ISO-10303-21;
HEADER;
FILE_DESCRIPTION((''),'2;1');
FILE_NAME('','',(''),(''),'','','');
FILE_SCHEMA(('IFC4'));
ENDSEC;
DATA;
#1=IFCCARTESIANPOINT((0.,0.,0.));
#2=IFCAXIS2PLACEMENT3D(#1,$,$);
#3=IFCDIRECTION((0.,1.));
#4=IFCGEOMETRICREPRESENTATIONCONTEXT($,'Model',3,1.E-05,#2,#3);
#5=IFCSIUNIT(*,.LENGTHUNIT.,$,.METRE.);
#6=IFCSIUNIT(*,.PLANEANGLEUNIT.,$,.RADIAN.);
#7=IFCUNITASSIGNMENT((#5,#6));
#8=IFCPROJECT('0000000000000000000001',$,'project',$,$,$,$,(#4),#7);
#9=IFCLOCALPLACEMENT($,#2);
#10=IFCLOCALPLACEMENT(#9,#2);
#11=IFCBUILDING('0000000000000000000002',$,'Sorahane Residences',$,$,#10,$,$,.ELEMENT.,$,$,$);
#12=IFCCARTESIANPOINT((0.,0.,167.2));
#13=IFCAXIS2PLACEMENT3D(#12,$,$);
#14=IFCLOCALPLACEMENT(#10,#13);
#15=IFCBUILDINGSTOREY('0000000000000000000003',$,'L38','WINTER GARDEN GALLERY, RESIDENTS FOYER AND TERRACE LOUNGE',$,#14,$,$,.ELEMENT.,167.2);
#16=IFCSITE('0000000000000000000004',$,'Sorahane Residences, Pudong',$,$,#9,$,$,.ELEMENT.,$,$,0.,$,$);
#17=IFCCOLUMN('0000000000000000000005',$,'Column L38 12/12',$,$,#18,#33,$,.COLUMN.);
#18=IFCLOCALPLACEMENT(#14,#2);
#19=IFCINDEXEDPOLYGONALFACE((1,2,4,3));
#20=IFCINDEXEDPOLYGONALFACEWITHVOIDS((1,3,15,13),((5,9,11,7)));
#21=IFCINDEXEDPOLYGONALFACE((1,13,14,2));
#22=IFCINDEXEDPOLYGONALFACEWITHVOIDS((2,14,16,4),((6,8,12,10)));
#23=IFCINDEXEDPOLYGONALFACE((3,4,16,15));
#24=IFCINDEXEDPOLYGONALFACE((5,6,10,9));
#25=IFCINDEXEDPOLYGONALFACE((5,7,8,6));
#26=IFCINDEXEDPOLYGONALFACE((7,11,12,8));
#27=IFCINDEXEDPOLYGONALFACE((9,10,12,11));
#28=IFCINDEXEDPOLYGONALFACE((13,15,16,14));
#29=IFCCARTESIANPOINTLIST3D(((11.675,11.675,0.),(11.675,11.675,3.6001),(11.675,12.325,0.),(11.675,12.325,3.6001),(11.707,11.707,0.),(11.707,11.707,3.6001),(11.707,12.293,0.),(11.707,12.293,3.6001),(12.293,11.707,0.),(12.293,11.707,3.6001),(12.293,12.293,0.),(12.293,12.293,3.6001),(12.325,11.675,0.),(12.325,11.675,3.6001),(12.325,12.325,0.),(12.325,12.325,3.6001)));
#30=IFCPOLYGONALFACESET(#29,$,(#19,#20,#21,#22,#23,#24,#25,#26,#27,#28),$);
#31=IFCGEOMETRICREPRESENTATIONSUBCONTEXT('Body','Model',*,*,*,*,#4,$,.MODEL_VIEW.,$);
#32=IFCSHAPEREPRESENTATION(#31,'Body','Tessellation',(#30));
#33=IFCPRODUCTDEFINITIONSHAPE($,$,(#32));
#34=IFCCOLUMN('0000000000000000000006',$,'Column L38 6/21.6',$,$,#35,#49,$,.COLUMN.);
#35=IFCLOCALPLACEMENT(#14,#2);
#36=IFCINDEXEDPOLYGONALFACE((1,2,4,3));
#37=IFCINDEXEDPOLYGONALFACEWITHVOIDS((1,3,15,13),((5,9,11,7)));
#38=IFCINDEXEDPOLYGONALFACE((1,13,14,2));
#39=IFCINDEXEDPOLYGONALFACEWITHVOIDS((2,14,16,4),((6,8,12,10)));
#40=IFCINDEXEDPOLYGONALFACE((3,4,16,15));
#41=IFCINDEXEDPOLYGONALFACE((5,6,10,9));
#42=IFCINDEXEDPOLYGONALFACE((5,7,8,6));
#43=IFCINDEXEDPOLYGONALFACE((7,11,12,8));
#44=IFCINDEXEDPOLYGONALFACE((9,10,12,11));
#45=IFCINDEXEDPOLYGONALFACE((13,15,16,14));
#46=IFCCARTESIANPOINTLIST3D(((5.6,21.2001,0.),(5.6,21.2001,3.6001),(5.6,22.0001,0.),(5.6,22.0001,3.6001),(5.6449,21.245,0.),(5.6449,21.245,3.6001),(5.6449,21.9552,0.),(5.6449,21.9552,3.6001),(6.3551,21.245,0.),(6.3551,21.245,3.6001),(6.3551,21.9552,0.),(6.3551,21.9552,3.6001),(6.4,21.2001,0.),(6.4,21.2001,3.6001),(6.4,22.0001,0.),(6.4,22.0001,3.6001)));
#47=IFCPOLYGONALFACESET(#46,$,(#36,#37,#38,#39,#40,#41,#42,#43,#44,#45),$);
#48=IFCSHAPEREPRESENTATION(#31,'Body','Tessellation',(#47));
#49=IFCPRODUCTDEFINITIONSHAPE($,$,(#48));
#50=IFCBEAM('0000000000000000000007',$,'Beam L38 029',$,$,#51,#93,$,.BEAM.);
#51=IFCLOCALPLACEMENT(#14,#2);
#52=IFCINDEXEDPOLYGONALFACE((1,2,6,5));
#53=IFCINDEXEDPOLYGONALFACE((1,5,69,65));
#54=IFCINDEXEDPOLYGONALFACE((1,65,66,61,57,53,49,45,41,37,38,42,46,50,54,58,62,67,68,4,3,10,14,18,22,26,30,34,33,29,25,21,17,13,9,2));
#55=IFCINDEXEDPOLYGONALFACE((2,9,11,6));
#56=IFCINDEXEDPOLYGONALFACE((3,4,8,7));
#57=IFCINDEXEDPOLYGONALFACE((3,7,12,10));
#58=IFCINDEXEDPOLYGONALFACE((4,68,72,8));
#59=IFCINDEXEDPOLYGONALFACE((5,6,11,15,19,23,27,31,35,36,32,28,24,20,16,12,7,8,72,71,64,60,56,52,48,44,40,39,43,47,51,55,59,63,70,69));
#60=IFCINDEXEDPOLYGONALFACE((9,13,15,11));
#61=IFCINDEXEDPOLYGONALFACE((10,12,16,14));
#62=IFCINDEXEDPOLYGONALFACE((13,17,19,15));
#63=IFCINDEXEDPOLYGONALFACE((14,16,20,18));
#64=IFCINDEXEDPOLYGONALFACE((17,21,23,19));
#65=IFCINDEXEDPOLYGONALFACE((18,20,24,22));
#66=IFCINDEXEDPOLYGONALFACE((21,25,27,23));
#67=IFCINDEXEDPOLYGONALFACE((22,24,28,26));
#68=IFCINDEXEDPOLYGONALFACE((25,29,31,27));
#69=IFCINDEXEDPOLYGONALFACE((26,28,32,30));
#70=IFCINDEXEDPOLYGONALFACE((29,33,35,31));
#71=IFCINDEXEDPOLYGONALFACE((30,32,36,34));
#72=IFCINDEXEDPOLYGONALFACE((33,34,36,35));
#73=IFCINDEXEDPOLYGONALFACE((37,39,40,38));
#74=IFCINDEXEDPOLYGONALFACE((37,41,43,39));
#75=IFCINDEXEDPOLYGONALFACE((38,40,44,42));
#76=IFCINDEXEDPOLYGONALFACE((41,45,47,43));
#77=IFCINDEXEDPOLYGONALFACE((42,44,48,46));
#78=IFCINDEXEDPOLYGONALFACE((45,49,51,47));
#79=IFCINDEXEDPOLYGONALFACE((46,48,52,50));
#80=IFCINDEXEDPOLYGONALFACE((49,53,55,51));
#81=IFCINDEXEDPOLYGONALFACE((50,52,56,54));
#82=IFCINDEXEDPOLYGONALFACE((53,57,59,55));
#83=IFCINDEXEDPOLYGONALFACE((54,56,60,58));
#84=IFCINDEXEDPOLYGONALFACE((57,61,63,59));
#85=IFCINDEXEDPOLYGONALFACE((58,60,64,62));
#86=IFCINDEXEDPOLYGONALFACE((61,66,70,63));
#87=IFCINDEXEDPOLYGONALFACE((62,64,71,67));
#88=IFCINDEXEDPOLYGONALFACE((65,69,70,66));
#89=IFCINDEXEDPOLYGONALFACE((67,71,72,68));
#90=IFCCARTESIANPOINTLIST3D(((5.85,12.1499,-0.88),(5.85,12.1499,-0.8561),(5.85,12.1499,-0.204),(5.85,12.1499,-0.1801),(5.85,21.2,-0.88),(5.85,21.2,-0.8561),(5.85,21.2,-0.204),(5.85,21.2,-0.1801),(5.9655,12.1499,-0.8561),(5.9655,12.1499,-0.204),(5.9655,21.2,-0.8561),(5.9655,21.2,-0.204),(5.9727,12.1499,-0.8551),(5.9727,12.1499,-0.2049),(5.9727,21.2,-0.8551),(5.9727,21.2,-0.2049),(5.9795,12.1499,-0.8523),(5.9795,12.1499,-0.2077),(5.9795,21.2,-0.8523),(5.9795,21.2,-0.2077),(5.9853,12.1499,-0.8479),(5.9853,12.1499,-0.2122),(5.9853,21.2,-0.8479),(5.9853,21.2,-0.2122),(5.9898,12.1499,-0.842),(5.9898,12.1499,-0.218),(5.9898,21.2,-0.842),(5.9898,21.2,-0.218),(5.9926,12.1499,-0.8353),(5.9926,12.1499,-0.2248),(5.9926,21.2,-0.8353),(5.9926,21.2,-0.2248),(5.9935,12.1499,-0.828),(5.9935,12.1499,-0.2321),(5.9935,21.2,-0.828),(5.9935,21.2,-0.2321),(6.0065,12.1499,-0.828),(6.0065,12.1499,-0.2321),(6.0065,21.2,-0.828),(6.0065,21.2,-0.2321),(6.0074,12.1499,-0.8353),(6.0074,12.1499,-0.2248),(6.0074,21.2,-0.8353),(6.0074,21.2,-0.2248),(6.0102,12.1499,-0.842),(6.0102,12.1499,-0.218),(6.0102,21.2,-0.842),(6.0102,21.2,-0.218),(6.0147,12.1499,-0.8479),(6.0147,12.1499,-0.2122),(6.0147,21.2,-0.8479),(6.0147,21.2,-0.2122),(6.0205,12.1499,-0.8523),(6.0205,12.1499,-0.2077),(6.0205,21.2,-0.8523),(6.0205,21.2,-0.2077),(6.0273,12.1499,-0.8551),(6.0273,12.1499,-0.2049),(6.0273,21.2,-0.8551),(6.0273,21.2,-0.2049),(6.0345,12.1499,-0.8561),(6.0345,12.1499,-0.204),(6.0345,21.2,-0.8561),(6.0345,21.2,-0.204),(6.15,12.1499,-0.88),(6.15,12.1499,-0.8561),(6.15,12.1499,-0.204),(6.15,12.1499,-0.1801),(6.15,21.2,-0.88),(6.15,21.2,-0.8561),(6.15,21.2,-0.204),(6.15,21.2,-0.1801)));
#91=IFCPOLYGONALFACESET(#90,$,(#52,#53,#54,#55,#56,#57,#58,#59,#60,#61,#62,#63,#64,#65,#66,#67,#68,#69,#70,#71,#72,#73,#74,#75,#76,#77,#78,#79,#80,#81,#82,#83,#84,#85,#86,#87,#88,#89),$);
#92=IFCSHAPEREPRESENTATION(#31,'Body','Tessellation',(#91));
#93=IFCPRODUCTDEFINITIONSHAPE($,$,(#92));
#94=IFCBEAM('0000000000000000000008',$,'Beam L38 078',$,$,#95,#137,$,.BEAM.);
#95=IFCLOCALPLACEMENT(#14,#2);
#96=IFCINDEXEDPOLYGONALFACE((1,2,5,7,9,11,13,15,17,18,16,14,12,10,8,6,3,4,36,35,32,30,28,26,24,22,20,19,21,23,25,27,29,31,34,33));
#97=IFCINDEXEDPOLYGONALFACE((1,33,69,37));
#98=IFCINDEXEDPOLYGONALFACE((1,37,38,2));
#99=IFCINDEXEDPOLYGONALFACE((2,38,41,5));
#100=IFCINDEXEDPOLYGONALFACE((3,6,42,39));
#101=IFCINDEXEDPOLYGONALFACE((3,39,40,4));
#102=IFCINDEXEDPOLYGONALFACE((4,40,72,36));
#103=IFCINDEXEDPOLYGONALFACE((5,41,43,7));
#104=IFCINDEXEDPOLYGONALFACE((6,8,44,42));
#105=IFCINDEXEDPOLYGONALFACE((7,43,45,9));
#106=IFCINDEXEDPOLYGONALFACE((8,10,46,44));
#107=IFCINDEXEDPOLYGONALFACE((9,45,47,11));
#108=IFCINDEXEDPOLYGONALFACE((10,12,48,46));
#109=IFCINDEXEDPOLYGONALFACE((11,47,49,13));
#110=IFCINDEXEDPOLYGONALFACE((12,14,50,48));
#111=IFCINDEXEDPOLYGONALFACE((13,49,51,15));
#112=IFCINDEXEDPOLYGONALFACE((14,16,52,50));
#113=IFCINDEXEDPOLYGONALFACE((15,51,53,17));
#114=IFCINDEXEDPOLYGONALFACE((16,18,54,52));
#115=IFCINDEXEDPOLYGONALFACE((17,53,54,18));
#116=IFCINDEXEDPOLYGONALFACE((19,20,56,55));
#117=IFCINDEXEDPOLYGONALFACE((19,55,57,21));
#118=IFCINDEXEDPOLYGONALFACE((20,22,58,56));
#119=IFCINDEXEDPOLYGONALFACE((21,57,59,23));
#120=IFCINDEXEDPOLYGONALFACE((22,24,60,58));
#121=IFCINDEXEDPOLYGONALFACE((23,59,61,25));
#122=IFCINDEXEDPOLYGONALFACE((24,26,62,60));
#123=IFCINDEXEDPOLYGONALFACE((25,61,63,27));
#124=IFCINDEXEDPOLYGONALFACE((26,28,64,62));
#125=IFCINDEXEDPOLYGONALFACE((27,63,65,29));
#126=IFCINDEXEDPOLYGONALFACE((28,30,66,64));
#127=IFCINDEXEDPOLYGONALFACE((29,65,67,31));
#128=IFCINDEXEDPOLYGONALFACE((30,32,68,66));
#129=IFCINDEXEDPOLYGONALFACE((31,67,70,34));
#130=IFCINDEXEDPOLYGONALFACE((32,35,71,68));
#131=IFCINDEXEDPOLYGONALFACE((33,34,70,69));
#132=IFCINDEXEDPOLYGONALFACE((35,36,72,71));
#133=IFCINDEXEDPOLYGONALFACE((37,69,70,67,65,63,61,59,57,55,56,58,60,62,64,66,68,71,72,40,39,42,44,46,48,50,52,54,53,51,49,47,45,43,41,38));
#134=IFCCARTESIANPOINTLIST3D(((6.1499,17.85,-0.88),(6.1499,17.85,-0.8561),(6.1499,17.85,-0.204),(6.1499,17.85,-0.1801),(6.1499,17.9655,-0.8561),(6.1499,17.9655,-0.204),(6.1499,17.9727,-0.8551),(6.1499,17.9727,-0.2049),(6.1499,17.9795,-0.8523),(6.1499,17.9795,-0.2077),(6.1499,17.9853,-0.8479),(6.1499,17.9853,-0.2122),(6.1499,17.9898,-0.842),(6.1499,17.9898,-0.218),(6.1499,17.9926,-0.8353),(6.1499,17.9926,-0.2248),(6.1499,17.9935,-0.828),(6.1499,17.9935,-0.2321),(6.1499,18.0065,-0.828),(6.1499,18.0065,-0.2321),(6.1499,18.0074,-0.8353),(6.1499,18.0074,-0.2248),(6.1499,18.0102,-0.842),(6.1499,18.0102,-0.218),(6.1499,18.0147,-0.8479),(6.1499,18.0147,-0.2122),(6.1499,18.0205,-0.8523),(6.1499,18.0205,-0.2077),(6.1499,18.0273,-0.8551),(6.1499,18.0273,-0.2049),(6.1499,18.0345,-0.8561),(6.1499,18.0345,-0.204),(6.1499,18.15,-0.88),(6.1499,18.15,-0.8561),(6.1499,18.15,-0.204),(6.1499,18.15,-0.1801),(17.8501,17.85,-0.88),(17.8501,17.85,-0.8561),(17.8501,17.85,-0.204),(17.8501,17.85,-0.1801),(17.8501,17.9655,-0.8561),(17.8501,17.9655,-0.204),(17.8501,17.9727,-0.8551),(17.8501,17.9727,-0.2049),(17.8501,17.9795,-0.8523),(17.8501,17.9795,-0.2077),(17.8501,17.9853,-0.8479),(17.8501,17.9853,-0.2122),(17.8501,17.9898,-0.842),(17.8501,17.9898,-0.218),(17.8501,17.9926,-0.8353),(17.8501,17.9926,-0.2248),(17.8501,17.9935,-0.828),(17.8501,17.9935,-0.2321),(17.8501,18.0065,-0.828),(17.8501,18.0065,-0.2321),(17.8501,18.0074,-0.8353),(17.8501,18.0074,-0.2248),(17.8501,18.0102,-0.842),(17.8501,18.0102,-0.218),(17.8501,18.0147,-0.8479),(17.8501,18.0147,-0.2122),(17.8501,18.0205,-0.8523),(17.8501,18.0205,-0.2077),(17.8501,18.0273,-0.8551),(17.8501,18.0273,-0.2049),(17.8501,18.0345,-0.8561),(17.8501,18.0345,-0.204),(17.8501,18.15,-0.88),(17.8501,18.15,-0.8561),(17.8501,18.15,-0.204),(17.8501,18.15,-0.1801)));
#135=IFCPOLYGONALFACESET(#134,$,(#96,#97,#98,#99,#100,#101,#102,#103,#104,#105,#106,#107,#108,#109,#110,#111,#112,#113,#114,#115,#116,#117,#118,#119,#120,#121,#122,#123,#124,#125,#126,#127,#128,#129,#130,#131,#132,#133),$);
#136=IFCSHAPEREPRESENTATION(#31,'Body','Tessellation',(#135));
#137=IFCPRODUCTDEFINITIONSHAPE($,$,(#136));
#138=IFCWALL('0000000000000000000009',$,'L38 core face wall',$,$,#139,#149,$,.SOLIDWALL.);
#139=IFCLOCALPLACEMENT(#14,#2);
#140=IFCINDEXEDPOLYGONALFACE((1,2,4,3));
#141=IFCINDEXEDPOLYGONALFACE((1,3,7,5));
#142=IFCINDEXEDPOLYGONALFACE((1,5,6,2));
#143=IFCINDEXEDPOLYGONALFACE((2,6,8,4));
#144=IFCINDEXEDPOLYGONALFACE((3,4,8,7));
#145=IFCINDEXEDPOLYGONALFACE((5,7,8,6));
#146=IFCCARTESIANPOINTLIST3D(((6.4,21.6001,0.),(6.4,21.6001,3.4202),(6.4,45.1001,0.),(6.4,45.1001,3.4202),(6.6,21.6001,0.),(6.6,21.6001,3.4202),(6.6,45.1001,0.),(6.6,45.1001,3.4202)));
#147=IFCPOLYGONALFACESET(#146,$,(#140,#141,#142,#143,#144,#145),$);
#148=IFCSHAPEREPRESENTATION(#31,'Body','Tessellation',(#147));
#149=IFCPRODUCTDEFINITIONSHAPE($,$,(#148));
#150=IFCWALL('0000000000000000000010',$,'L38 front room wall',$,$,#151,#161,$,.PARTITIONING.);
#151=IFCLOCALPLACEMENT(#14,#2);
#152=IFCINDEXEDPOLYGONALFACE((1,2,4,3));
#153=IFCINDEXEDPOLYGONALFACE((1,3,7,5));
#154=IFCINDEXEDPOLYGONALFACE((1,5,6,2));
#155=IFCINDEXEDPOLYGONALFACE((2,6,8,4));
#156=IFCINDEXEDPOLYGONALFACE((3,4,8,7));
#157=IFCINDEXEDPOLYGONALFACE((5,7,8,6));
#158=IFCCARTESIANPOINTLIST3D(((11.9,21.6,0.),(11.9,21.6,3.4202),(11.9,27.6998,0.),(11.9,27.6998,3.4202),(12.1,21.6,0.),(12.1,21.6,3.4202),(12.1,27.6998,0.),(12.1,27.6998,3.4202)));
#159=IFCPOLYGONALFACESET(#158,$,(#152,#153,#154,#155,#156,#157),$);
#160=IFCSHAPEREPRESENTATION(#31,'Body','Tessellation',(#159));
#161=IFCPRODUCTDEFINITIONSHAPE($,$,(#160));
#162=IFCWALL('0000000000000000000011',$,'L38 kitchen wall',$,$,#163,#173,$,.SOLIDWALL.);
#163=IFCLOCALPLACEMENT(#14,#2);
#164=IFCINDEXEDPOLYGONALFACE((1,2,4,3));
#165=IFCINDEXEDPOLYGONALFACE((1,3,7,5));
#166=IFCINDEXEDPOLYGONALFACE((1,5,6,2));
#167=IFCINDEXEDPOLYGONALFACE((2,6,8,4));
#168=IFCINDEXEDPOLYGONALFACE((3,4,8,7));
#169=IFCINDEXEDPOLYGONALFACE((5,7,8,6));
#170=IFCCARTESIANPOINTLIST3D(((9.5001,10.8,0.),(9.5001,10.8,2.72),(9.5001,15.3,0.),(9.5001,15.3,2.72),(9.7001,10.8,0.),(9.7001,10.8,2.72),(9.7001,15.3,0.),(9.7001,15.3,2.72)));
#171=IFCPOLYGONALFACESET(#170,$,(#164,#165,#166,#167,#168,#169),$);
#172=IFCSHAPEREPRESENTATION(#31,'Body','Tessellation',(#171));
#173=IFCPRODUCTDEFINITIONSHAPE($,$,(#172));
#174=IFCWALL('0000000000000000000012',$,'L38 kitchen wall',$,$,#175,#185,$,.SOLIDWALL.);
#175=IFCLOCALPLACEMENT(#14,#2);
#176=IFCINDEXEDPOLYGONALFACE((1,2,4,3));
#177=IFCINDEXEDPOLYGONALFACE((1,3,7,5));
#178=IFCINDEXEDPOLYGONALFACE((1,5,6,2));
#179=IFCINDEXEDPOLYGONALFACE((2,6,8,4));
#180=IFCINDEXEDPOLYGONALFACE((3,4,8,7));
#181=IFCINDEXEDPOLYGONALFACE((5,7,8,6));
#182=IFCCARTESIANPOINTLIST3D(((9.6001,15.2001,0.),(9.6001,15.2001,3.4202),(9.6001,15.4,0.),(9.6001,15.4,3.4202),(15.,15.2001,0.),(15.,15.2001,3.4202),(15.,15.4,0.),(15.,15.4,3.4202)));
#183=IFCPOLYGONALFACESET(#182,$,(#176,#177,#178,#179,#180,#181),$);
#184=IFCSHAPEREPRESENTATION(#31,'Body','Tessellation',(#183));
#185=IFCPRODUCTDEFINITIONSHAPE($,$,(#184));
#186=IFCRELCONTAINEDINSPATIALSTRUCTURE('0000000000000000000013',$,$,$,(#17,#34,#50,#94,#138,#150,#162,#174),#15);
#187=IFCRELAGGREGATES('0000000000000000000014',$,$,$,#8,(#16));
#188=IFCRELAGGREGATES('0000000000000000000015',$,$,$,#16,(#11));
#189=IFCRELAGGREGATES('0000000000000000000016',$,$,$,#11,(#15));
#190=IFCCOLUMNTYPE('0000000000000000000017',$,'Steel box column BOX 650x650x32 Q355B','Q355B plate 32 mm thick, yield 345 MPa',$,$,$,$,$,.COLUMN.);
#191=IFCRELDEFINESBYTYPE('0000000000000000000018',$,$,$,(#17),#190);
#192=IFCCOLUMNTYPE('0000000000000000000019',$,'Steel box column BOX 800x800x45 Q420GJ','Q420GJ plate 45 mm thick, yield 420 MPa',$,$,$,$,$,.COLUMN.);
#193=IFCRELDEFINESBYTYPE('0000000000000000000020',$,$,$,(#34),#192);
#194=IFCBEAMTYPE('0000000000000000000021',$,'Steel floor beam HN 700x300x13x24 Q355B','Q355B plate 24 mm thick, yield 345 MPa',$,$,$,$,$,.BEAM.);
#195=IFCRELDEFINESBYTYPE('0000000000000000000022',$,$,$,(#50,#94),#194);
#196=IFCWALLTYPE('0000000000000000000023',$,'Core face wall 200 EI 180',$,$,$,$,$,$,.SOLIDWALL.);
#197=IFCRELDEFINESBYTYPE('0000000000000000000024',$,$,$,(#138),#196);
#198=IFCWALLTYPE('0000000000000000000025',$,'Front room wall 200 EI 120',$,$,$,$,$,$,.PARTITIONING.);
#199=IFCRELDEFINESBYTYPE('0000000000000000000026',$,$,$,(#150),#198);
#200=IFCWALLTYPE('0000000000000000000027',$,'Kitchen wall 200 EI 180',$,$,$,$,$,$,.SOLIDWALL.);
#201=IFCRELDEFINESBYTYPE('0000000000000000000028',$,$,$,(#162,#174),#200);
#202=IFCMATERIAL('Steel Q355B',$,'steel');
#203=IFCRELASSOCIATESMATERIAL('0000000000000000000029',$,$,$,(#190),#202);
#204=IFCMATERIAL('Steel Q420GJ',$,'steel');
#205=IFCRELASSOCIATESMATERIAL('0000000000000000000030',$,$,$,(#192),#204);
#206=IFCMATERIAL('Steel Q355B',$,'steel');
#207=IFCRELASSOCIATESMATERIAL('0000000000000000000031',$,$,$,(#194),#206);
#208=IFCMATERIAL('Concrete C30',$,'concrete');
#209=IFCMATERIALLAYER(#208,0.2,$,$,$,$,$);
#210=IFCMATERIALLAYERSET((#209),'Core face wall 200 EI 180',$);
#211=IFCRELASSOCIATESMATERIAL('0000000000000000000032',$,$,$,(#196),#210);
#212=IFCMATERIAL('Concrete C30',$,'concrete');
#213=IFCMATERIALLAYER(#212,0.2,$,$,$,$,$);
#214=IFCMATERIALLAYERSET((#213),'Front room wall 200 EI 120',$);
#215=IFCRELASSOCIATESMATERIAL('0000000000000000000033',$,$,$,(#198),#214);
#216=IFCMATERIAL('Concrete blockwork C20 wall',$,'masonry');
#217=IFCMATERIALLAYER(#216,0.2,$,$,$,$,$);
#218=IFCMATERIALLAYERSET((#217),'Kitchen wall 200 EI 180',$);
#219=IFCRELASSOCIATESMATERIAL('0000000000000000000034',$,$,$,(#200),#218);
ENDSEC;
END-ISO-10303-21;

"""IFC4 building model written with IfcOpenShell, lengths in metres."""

from ifc_helpers import new_model, si_unit, direction, frame, frame_2d, origin, origin_2d, place, context, subcontext, project, spatial, rectangle, hollow_rectangle, i_section, extrude, material, layer, layer_set, material_profile, profile_set, type_object, element, save


model = new_model("IFC4")

# Units and contexts
model_context = context("Model", 3, precision=1e-05, world=origin(), true_north=direction((0.0, 1.0)))
body_context = subcontext(model_context, "Body", "Model", "MODEL_VIEW")
ifc_project = project(units=[si_unit("LENGTHUNIT", "METRE"), si_unit("PLANEANGLEUNIT", "RADIAN")], contexts=[model_context])

# Site, building, storey
site_placement = place(None, origin())
site = spatial("IfcSite", under=ifc_project, at=site_placement, Name="Sorahane Residences, Pudong", CompositionType="ELEMENT", RefElevation=0.0)
building_placement = place(site_placement, origin())
building = spatial("IfcBuilding", under=site, at=building_placement, Name="Sorahane Residences", CompositionType="ELEMENT")
storey_placement = place(building_placement, frame((0.0, 0.0, 167.2)))
storey = spatial("IfcBuildingStorey", under=building, at=storey_placement, Name="L38", Description="WINTER GARDEN GALLERY, RESIDENTS FOYER AND TERRACE LOUNGE", CompositionType="ELEMENT", Elevation=167.2)

# Columns
ifc_material_1 = material(Name="Steel Q355B", Category="steel")
ifc_material_profile_1 = material_profile(ifc_material_1, hollow_rectangle(XDim=0.6499, YDim=0.6499, WallThickness=0.032, at=origin_2d()), Name="BOX 650x650x32")
ifc_profile_set_1 = profile_set([ifc_material_profile_1], Name="Steel Q355B")
column_type_1 = type_object("IfcColumnType", Name="Steel box column BOX 650x650x32 Q355B", Description="Q355B plate 32 mm thick, yield 345 MPa", PredefinedType="COLUMN", material=ifc_profile_set_1)
column_1_placement = place(storey_placement, frame((12.0, 12.0, 0.0), z_axis=(0.0, 0.0, 1.0), x_axis=(1.0, 0.0, 0.0)))
element("IfcColumn", 1, at=column_1_placement, inside=storey, type_object=column_type_1, Name="Column L38 12/12", PredefinedType="COLUMN", context=body_context, shape_type="SweptSolid", body=[
    extrude(hollow_rectangle(XDim=0.6499, YDim=0.6499, WallThickness=0.032, at=origin_2d()), origin(), (0.0, 0.0, 1.0), 3.6001),
])
ifc_material_2 = material(Name="Steel Q420GJ", Category="steel")
ifc_material_profile_2 = material_profile(ifc_material_2, hollow_rectangle(XDim=0.8, YDim=0.8, WallThickness=0.0449, at=origin_2d()), Name="BOX 800x800x45")
ifc_profile_set_2 = profile_set([ifc_material_profile_2], Name="Steel Q420GJ")
column_type_2 = type_object("IfcColumnType", Name="Steel box column BOX 800x800x45 Q420GJ", Description="Q420GJ plate 45 mm thick, yield 420 MPa", PredefinedType="COLUMN", material=ifc_profile_set_2)
column_2_placement = place(storey_placement, frame((6.0, 21.6001, 0.0), z_axis=(0.0, 0.0, 1.0), x_axis=(1.0, 0.0, 0.0)))
element("IfcColumn", 2, at=column_2_placement, inside=storey, type_object=column_type_2, Name="Column L38 6/21.6", PredefinedType="COLUMN", context=body_context, shape_type="SweptSolid", body=[
    extrude(hollow_rectangle(XDim=0.8, YDim=0.8, WallThickness=0.0449, at=origin_2d()), origin(), (0.0, 0.0, 1.0), 3.6001),
])

# Beams
ifc_material_3 = material(Name="Steel Q355B", Category="steel")
ifc_material_profile_3 = material_profile(ifc_material_3, i_section(OverallWidth=0.3, OverallDepth=0.7, WebThickness=0.0129, FlangeThickness=0.0239, FilletRadius=0.0281, at=origin_2d()), Name="HN 700x300x13x24")
ifc_profile_set_3 = profile_set([ifc_material_profile_3], Name="Steel Q355B")
beam_type = type_object("IfcBeamType", Name="Steel floor beam HN 700x300x13x24 Q355B", Description="Q355B plate 24 mm thick, yield 345 MPa", PredefinedType="BEAM", material=ifc_profile_set_3)
beam_1_placement = place(storey_placement, frame((6.0, 12.1499, -0.53), z_axis=(0.0, 1.0, 0.0), x_axis=(-1.0, 0.0, 0.0)))
element("IfcBeam", 3, at=beam_1_placement, inside=storey, type_object=beam_type, Name="Beam L38 029", PredefinedType="BEAM", context=body_context, shape_type="SweptSolid", body=[
    extrude(i_section(OverallWidth=0.3, OverallDepth=0.7, WebThickness=0.0129, FlangeThickness=0.0239, FilletRadius=0.0281, at=origin_2d()), origin(), (0.0, 0.0, 1.0), 9.05),
])
beam_2_placement = place(storey_placement, frame((6.1499, 18.0, -0.53), z_axis=(1.0, 0.0, 0.0), x_axis=(0.0, 1.0, 0.0)))
element("IfcBeam", 4, at=beam_2_placement, inside=storey, type_object=beam_type, Name="Beam L38 078", PredefinedType="BEAM", context=body_context, shape_type="SweptSolid", body=[
    extrude(i_section(OverallWidth=0.3, OverallDepth=0.7, WebThickness=0.0129, FlangeThickness=0.0239, FilletRadius=0.0281, at=origin_2d()), origin(), (0.0, 0.0, 1.0), 11.7002),
])

# Walls
ifc_material_4 = material(Name="Concrete C30", Category="concrete")
ifc_layer_1 = layer(ifc_material_4, 0.2)
ifc_layer_set_1 = layer_set([ifc_layer_1], Name="Core face wall 200 EI 180")
wall_type_1 = type_object("IfcWallType", Name="Core face wall 200 EI 180", PredefinedType="SOLIDWALL", material=ifc_layer_set_1)
wall_1_placement = place(storey_placement, frame((6.5, 21.6001, 0.0), z_axis=(0.0, 0.0, 1.0), x_axis=(0.0, 1.0, 0.0)))
element("IfcWall", 5, at=wall_1_placement, inside=storey, type_object=wall_type_1, Name="L38 core face wall", PredefinedType="SOLIDWALL", context=body_context, shape_type="SweptSolid", body=[
    extrude(rectangle(XDim=23.5, YDim=0.2, at=frame_2d((11.75, 0.0))), origin(), (0.0, 0.0, 1.0), 3.4202),
])
ifc_material_5 = material(Name="Concrete C30", Category="concrete")
ifc_layer_2 = layer(ifc_material_5, 0.2)
ifc_layer_set_2 = layer_set([ifc_layer_2], Name="Front room wall 200 EI 120")
wall_type_2 = type_object("IfcWallType", Name="Front room wall 200 EI 120", PredefinedType="PARTITIONING", material=ifc_layer_set_2)
wall_2_placement = place(storey_placement, frame((12.0, 21.6001, 0.0), z_axis=(0.0, 0.0, 1.0), x_axis=(0.0, 1.0, 0.0)))
element("IfcWall", 6, at=wall_2_placement, inside=storey, type_object=wall_type_2, Name="L38 front room wall", PredefinedType="PARTITIONING", context=body_context, shape_type="SweptSolid", body=[
    extrude(rectangle(XDim=6.0999, YDim=0.2, at=frame_2d((3.0498, 0.0))), origin(), (0.0, 0.0, 1.0), 3.4202),
])
ifc_material_6 = material(Name="Concrete blockwork C20 wall", Category="masonry")
ifc_layer_3 = layer(ifc_material_6, 0.2)
ifc_layer_set_3 = layer_set([ifc_layer_3], Name="Kitchen wall 200 EI 180")
wall_type_3 = type_object("IfcWallType", Name="Kitchen wall 200 EI 180", PredefinedType="SOLIDWALL", material=ifc_layer_set_3)
wall_3_placement = place(storey_placement, frame((9.6001, 10.8, 0.0), z_axis=(0.0, 0.0, 1.0), x_axis=(0.0, 1.0, 0.0)))
element("IfcWall", 7, at=wall_3_placement, inside=storey, type_object=wall_type_3, Name="L38 kitchen wall", PredefinedType="SOLIDWALL", context=body_context, shape_type="SweptSolid", body=[
    extrude(rectangle(XDim=4.5, YDim=0.2, at=frame_2d((2.25, 0.0))), origin(), (0.0, 0.0, 1.0), 2.72),
])

# Wall
wall_4_placement = place(storey_placement, frame((9.6001, 15.3, 0.0), z_axis=(0.0, 0.0, 1.0), x_axis=(1.0, 0.0, 0.0)))
element("IfcWall", 8, at=wall_4_placement, inside=storey, type_object=wall_type_3, Name="L38 kitchen wall", PredefinedType="SOLIDWALL", context=body_context, shape_type="SweptSolid", body=[
    extrude(rectangle(XDim=5.3999, YDim=0.2, at=frame_2d((2.7, 0.0))), origin(), (0.0, 0.0, 1.0), 3.4202),
])

save(model, "model.ifc")
